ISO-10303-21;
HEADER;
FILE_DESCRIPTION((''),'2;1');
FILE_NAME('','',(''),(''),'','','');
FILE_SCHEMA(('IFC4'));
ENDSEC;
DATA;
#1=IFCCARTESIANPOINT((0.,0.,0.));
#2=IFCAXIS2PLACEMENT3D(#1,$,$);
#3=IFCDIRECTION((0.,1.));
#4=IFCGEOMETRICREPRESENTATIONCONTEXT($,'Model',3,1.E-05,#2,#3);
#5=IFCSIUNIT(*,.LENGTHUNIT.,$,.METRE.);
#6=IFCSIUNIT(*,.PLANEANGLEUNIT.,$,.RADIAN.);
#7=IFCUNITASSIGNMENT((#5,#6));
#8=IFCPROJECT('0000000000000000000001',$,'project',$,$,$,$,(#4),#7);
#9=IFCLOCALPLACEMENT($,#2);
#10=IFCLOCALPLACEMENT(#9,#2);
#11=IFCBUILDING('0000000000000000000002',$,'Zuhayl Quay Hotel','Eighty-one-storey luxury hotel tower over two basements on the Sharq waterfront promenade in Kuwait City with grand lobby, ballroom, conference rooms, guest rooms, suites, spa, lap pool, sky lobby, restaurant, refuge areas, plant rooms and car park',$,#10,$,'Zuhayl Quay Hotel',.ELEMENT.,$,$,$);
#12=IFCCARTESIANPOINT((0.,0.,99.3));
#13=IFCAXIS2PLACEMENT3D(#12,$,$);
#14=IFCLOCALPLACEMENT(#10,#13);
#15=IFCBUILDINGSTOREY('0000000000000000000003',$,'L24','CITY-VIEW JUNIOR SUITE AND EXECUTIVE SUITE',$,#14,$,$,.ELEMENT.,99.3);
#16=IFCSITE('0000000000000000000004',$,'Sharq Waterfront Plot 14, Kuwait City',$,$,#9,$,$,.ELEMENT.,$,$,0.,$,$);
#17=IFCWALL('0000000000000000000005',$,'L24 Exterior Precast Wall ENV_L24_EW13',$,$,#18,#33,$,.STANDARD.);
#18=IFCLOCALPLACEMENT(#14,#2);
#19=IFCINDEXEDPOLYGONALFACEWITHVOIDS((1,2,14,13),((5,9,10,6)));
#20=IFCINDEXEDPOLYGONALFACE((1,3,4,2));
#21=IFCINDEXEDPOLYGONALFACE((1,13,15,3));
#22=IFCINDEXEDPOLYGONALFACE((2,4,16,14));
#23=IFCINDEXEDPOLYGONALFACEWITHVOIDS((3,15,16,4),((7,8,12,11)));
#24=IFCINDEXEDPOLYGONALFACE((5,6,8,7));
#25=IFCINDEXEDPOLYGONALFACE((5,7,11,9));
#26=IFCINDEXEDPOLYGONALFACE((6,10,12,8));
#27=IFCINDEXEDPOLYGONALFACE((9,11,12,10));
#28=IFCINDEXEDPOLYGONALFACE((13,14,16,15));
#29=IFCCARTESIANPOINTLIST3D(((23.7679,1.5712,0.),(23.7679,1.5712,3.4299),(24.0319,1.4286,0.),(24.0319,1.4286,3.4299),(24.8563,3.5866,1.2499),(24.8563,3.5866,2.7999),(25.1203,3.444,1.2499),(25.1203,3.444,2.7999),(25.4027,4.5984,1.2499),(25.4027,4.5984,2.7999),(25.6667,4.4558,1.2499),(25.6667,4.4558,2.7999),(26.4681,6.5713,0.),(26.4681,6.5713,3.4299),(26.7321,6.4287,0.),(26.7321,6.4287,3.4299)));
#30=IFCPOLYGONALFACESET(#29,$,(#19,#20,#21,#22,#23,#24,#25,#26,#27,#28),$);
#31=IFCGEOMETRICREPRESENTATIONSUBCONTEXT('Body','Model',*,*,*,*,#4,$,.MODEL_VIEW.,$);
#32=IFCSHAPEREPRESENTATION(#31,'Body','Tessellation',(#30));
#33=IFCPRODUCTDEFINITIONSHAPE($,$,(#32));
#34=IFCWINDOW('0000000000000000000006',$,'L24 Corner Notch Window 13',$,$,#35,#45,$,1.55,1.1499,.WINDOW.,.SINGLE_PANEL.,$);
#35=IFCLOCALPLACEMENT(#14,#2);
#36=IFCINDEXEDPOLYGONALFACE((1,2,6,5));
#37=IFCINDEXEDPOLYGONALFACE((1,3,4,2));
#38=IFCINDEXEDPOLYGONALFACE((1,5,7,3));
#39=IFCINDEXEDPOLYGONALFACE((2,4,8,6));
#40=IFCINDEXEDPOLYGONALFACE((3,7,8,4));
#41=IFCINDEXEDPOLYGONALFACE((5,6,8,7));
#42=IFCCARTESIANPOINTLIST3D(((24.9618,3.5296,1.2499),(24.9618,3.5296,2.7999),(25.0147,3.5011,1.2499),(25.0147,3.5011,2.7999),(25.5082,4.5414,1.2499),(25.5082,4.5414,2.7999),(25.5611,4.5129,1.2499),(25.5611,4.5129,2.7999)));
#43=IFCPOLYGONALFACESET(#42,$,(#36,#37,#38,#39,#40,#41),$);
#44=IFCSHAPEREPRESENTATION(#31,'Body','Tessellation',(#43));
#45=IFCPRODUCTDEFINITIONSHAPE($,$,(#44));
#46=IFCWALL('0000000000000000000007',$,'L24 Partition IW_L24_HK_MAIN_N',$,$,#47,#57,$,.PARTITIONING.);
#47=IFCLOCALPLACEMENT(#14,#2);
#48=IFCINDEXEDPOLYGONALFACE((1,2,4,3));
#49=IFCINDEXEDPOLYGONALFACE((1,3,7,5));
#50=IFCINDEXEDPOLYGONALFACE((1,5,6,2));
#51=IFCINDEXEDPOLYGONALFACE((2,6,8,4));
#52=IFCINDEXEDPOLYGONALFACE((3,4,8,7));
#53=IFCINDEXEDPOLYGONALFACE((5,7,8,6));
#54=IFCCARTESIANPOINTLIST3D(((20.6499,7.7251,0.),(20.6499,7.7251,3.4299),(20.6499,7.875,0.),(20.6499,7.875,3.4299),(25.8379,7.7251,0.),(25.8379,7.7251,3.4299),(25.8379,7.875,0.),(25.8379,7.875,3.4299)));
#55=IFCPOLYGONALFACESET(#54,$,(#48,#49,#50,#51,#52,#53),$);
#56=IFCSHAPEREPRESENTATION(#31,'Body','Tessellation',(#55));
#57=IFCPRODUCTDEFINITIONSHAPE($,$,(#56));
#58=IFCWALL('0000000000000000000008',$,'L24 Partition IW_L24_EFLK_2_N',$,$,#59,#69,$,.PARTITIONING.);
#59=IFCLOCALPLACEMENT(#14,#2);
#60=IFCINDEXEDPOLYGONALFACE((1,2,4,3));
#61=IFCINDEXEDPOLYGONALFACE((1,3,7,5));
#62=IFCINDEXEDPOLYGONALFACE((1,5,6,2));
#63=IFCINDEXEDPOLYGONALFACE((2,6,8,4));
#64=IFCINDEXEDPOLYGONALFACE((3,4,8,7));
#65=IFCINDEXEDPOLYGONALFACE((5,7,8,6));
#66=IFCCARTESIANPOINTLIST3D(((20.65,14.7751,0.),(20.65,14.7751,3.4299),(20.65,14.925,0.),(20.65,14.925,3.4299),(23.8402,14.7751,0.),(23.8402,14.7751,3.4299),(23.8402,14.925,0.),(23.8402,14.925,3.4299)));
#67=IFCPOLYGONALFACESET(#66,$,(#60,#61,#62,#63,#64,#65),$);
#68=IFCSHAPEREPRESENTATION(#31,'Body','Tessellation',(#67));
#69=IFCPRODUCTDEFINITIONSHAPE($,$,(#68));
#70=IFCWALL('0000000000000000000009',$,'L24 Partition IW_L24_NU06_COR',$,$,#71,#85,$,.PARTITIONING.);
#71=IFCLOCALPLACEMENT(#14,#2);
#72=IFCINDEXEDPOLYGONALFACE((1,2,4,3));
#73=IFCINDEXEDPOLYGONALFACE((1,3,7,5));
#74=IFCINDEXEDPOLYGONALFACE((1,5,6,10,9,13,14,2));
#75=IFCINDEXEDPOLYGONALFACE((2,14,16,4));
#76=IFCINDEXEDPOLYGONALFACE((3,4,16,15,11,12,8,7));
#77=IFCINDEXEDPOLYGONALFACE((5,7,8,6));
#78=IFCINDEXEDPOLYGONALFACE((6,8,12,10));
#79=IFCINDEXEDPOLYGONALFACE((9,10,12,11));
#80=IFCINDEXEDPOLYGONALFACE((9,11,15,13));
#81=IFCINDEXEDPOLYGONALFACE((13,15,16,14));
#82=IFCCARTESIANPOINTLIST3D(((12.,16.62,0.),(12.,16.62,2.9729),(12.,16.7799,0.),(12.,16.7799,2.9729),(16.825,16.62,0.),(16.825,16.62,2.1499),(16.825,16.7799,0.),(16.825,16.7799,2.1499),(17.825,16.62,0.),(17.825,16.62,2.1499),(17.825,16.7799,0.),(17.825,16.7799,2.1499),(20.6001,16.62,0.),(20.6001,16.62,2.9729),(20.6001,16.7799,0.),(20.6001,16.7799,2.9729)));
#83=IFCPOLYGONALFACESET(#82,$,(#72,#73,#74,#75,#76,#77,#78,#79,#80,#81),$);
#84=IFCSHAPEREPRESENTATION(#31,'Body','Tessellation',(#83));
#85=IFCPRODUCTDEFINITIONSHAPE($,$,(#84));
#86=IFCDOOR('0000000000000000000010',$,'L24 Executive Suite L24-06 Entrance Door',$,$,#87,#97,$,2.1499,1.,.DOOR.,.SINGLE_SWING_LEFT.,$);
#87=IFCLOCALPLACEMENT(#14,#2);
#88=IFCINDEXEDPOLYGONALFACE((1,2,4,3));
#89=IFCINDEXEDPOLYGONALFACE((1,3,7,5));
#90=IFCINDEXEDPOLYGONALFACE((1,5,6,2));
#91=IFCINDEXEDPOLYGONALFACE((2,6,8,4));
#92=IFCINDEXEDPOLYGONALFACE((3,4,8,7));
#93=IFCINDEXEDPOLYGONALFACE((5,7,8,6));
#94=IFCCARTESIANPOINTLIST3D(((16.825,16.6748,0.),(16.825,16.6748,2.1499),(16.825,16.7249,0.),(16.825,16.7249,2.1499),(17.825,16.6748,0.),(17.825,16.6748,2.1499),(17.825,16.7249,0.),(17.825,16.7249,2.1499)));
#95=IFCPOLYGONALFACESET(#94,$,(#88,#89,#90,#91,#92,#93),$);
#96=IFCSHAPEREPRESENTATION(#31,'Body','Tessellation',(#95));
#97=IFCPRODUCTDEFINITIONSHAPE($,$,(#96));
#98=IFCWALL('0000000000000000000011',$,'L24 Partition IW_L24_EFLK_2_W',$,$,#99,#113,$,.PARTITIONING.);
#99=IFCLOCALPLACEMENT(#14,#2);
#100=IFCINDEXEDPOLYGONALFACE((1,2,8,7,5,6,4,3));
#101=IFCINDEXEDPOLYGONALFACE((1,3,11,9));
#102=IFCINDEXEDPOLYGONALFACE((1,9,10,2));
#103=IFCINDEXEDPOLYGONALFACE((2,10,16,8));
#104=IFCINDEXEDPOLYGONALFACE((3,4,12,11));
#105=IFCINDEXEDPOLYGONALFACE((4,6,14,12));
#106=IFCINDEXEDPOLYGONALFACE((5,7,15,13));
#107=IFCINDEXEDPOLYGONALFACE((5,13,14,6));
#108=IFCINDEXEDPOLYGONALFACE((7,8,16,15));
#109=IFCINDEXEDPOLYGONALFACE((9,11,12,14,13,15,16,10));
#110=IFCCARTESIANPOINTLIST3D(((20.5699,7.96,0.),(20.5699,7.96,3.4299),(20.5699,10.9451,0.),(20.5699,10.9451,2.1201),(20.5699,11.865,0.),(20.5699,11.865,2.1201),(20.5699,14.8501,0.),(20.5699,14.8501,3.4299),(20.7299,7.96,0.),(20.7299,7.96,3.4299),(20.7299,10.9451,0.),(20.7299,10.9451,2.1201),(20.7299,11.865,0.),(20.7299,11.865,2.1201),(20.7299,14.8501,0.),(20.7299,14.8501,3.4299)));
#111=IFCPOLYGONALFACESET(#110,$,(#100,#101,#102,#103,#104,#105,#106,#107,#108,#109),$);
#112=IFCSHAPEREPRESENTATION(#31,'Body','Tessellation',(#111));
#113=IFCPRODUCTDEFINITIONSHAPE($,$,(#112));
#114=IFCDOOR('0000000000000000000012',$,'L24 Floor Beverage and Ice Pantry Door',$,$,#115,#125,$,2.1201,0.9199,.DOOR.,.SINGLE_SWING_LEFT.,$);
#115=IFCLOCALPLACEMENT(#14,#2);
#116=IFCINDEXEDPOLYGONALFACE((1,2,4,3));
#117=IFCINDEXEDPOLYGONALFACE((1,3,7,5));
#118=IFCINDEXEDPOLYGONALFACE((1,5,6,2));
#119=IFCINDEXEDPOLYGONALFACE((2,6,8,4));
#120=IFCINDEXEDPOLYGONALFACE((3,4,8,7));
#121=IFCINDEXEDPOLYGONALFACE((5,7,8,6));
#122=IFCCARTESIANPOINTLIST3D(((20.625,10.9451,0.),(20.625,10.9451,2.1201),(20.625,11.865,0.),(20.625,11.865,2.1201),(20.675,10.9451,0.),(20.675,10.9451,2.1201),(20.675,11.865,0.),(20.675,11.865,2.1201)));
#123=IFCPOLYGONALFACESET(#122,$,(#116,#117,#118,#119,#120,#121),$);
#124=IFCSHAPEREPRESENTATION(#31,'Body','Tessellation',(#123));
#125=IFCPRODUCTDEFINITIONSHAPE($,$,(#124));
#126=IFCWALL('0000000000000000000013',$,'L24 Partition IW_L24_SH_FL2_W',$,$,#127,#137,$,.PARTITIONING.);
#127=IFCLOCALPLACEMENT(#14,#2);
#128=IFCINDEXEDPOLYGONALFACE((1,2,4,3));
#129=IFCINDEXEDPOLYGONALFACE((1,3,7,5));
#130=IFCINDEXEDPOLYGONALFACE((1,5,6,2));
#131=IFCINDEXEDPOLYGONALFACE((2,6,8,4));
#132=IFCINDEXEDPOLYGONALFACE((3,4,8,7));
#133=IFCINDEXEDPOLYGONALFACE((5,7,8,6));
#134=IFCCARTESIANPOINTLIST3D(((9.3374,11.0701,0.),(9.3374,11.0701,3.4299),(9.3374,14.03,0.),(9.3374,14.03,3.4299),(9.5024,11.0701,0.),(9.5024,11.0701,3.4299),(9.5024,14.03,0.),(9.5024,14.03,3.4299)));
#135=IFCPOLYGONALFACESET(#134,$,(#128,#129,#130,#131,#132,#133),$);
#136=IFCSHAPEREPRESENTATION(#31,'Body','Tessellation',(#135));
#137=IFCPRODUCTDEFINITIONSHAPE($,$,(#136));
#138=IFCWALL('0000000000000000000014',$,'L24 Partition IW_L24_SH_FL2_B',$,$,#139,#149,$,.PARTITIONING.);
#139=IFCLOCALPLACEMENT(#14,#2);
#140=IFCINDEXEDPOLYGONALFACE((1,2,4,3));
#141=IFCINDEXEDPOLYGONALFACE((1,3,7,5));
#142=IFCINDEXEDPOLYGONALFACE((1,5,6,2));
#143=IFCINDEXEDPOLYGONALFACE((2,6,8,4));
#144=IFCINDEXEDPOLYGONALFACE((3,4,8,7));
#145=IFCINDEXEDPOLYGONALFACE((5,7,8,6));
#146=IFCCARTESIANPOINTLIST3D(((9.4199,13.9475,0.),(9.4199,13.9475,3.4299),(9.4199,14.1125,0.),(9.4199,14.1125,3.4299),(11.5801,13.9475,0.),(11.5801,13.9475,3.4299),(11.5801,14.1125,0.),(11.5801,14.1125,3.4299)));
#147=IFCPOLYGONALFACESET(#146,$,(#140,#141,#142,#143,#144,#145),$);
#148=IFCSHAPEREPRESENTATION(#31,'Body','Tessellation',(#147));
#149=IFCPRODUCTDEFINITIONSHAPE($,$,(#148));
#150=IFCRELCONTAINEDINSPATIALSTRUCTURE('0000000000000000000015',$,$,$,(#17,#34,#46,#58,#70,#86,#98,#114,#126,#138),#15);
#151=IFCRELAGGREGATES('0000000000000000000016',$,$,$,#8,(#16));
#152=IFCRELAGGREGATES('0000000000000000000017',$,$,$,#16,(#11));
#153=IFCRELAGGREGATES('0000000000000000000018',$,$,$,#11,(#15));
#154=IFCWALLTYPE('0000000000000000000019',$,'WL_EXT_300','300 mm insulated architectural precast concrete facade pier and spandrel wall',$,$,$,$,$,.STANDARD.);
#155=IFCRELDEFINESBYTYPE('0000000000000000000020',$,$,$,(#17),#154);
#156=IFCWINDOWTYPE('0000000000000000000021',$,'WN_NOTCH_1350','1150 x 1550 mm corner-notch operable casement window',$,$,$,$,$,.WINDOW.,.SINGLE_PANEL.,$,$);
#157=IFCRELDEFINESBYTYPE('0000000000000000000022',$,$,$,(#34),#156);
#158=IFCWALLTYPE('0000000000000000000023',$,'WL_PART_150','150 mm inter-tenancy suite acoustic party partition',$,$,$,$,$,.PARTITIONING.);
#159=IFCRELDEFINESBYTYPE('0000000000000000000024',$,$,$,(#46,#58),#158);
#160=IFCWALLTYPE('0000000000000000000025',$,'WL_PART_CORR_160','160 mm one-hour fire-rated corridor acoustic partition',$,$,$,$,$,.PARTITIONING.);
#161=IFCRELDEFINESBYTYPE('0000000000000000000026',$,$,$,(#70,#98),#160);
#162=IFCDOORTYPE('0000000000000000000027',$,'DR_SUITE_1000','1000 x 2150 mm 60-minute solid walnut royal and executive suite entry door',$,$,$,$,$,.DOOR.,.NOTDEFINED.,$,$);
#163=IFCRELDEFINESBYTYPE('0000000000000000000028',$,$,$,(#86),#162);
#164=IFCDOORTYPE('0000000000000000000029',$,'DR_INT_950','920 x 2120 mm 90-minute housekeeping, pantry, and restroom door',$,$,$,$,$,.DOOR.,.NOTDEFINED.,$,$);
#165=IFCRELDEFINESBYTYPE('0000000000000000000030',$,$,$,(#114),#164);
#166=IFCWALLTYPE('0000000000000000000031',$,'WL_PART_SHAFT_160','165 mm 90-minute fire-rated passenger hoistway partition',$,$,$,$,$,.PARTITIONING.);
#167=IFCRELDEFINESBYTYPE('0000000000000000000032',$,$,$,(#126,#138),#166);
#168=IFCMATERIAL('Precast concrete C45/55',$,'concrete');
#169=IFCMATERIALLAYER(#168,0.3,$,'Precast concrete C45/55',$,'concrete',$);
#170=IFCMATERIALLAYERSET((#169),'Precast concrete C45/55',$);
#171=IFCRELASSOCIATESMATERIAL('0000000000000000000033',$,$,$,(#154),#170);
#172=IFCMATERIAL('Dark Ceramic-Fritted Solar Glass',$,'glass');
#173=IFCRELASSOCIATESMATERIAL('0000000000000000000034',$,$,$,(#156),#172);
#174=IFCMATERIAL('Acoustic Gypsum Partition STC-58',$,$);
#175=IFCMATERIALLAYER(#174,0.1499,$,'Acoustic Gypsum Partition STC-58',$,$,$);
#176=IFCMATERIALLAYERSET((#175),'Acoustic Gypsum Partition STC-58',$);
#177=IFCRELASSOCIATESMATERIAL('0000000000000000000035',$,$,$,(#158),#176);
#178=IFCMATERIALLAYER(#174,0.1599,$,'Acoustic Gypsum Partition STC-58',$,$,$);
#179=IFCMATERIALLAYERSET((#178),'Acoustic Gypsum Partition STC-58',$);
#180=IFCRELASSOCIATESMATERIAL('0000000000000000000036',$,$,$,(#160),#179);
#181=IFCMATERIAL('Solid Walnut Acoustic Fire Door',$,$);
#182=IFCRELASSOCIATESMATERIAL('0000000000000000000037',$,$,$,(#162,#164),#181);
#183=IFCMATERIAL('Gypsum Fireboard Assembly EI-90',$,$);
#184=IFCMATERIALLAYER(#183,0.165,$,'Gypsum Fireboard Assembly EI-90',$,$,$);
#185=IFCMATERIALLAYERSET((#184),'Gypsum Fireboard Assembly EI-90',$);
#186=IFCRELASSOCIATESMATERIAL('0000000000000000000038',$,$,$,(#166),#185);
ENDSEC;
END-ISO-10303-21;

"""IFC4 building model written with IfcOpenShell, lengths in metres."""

from ifc_helpers import new_model, si_unit, direction, frame, frame_2d, origin, place, context, subcontext, project, spatial, rectangle, extrude, material, layer, layer_set, type_object, element, fill, save


model = new_model("IFC4")

# Units and contexts
model_context = context("Model", 3, precision=1e-05, world=origin(), true_north=direction((0.0, 1.0)))
body_context = subcontext(model_context, "Body", "Model", "MODEL_VIEW")
ifc_project = project(units=[si_unit("LENGTHUNIT", "METRE"), si_unit("PLANEANGLEUNIT", "RADIAN")], contexts=[model_context])

# Site, building, storey
site_placement = place(None, origin())
site = spatial("IfcSite", under=ifc_project, at=site_placement, Name="Sharq Waterfront Plot 14, Kuwait City", CompositionType="ELEMENT", RefElevation=0.0)
building_placement = place(site_placement, origin())
building = spatial("IfcBuilding", under=site, at=building_placement, Name="Zuhayl Quay Hotel", Description="Eighty-one-storey luxury hotel tower over two basements on the Sharq waterfront promenade in Kuwait City with grand lobby, ballroom, conference rooms, guest rooms, suites, spa, lap pool, sky lobby, restaurant, refuge areas, plant rooms and car park", LongName="Zuhayl Quay Hotel", CompositionType="ELEMENT")
storey_placement = place(building_placement, frame((0.0, 0.0, 99.3)))
storey = spatial("IfcBuildingStorey", under=building, at=storey_placement, Name="L24", Description="CITY-VIEW JUNIOR SUITE AND EXECUTIVE SUITE", CompositionType="ELEMENT", Elevation=99.3)

# Wall, opening, window
ifc_material_1 = material(Name="Precast concrete C45/55", Category="concrete")
ifc_layer_1 = layer(ifc_material_1, 0.3, Name="Precast concrete C45/55", Category="concrete")
ifc_layer_set_1 = layer_set([ifc_layer_1], Name="Precast concrete C45/55")
wall_type_1 = type_object("IfcWallType", Name="WL_EXT_300", Description="300 mm insulated architectural precast concrete facade pier and spandrel wall", PredefinedType="STANDARD", material=ifc_layer_set_1)
ifc_material_2 = material(Name="Dark Ceramic-Fritted Solar Glass", Category="glass")
window_type_1 = type_object("IfcWindowType", Name="WN_NOTCH_1350", Description="1150 x 1550 mm corner-notch operable casement window", PartitioningType="SINGLE_PANEL", PredefinedType="WINDOW", material=ifc_material_2)
wall_1_placement = place(storey_placement, frame((26.6001, 6.5, 0.0), z_axis=(0.0, 0.0, 1.0), x_axis=(-0.475176, -0.879891, 0.0)))
wall_1 = element("IfcWall", 1, at=wall_1_placement, inside=storey, type_object=wall_type_1, Name="L24 Exterior Precast Wall ENV_L24_EW13", PredefinedType="STANDARD", context=body_context, shape_type="SweptSolid", body=[
    extrude(rectangle(XDim=5.6826, YDim=0.3, at=frame_2d((2.8413, 0.0))), origin(), (0.0, 0.0, 1.0), 3.4299),
])
opening_1_placement = place(wall_1_placement, frame((2.2422, 0.0, 1.25)))
opening_1 = element("IfcOpeningElement", 2, at=opening_1_placement, cuts=wall_1, PredefinedType="OPENING", context=body_context, shape_type="SweptSolid", body=[
    extrude(rectangle(XDim=1.1499, YDim=1.55, at=frame_2d((0.575, 0.7749))), frame((0.0, 0.1599, 0.0), z_axis=(0.0, -1.0, 0.0), x_axis=(1.0, 0.0, 0.0)), (0.0, 0.0, 1.0), 0.3201),
])
window_1_placement = place(opening_1_placement, origin())
window_1 = element("IfcWindow", 3, at=window_1_placement, inside=storey, type_object=window_type_1, Name="L24 Corner Notch Window 13", OverallHeight=1.55, OverallWidth=1.1499, PartitioningType="SINGLE_PANEL", PredefinedType="WINDOW", context=body_context, shape_type="SweptSolid", body=[
    extrude(rectangle(XDim=1.1499, YDim=1.55, at=frame_2d((0.575, 0.7749))), frame((0.0, 0.03, 0.0), z_axis=(0.0, -1.0, 0.0), x_axis=(1.0, 0.0, 0.0)), (0.0, 0.0, 1.0), 0.0601),
])
fill(opening_1, window_1)

# Walls
ifc_material_3 = material(Name="Acoustic Gypsum Partition STC-58")
ifc_layer_2 = layer(ifc_material_3, 0.1499, Name="Acoustic Gypsum Partition STC-58")
ifc_layer_set_2 = layer_set([ifc_layer_2], Name="Acoustic Gypsum Partition STC-58")
wall_type_2 = type_object("IfcWallType", Name="WL_PART_150", Description="150 mm inter-tenancy suite acoustic party partition", PredefinedType="PARTITIONING", material=ifc_layer_set_2)
wall_2_placement = place(storey_placement, frame((20.6499, 7.8, 0.0), z_axis=(0.0, 0.0, 1.0), x_axis=(1.0, 0.0, 0.0)))
element("IfcWall", 4, at=wall_2_placement, inside=storey, type_object=wall_type_2, Name="L24 Partition IW_L24_HK_MAIN_N", PredefinedType="PARTITIONING", context=body_context, shape_type="SweptSolid", body=[
    extrude(rectangle(XDim=5.188, YDim=0.1499, at=frame_2d((2.594, 0.0))), origin(), (0.0, 0.0, 1.0), 3.4299),
])
wall_3_placement = place(storey_placement, frame((20.6499, 14.8501, 0.0), z_axis=(0.0, 0.0, 1.0), x_axis=(1.0, 0.0, 0.0)))
element("IfcWall", 5, at=wall_3_placement, inside=storey, type_object=wall_type_2, Name="L24 Partition IW_L24_EFLK_2_N", PredefinedType="PARTITIONING", context=body_context, shape_type="SweptSolid", body=[
    extrude(rectangle(XDim=3.1902, YDim=0.1499, at=frame_2d((1.5952, 0.0))), origin(), (0.0, 0.0, 1.0), 3.4299),
])

# Walls, openings, doors
ifc_layer_3 = layer(ifc_material_3, 0.1599, Name="Acoustic Gypsum Partition STC-58")
ifc_layer_set_3 = layer_set([ifc_layer_3], Name="Acoustic Gypsum Partition STC-58")
wall_type_3 = type_object("IfcWallType", Name="WL_PART_CORR_160", Description="160 mm one-hour fire-rated corridor acoustic partition", PredefinedType="PARTITIONING", material=ifc_layer_set_3)
wall_4_placement = place(storey_placement, frame((12.0, 16.7, 0.0), z_axis=(0.0, 0.0, 1.0), x_axis=(1.0, 0.0, 0.0)))
wall_4 = element("IfcWall", 6, at=wall_4_placement, inside=storey, type_object=wall_type_3, Name="L24 Partition IW_L24_NU06_COR", PredefinedType="PARTITIONING", context=body_context, shape_type="SweptSolid", body=[
    extrude(rectangle(XDim=8.6001, YDim=0.1599, at=frame_2d((4.3, 0.0))), origin(), (0.0, 0.0, 1.0), 2.9729),
])
opening_2_placement = place(wall_4_placement, frame((4.825, 0.0, 0.0)))
opening_2 = element("IfcOpeningElement", 7, at=opening_2_placement, cuts=wall_4, PredefinedType="OPENING", context=body_context, shape_type="SweptSolid", body=[
    extrude(rectangle(XDim=1.0, YDim=2.1499, at=frame_2d((0.5, 1.075))), frame((0.0, 0.0898, 0.0), z_axis=(0.0, -1.0, 0.0), x_axis=(1.0, 0.0, 0.0)), (0.0, 0.0, 1.0), 0.1799),
])
ifc_material_4 = material(Name="Solid Walnut Acoustic Fire Door")
door_type_1 = type_object("IfcDoorType", Name="DR_SUITE_1000", Description="1000 x 2150 mm 60-minute solid walnut royal and executive suite entry door", OperationType="NOTDEFINED", PredefinedType="DOOR", material=ifc_material_4)
door_1_placement = place(opening_2_placement, origin())
door_1 = element("IfcDoor", 8, at=door_1_placement, inside=storey, type_object=door_type_1, Name="L24 Executive Suite L24-06 Entrance Door", OperationType="SINGLE_SWING_LEFT", OverallHeight=2.1499, OverallWidth=1.0, PredefinedType="DOOR", context=body_context, shape_type="SweptSolid", body=[
    extrude(rectangle(XDim=1.0, YDim=2.1499, at=frame_2d((0.5, 1.075))), frame((0.0, 0.0249, 0.0), z_axis=(0.0, -1.0, 0.0), x_axis=(1.0, 0.0, 0.0)), (0.0, 0.0, 1.0), 0.05),
])
fill(opening_2, door_1)
wall_5_placement = place(storey_placement, frame((20.6499, 7.96, 0.0), z_axis=(0.0, 0.0, 1.0), x_axis=(0.0, 1.0, 0.0)))
wall_5 = element("IfcWall", 9, at=wall_5_placement, inside=storey, type_object=wall_type_3, Name="L24 Partition IW_L24_EFLK_2_W", PredefinedType="PARTITIONING", context=body_context, shape_type="SweptSolid", body=[
    extrude(rectangle(XDim=6.8901, YDim=0.1599, at=frame_2d((3.4451, 0.0))), origin(), (0.0, 0.0, 1.0), 3.4299),
])
opening_3_placement = place(wall_5_placement, frame((2.9851, 0.0, 0.0)))
opening_3 = element("IfcOpeningElement", 10, at=opening_3_placement, cuts=wall_5, PredefinedType="OPENING", context=body_context, shape_type="SweptSolid", body=[
    extrude(rectangle(XDim=0.9199, YDim=2.1201, at=frame_2d((0.46, 1.0601))), frame((0.0, 0.0898, 0.0), z_axis=(0.0, -1.0, 0.0), x_axis=(1.0, 0.0, 0.0)), (0.0, 0.0, 1.0), 0.1799),
])
door_type_2 = type_object("IfcDoorType", Name="DR_INT_950", Description="920 x 2120 mm 90-minute housekeeping, pantry, and restroom door", OperationType="NOTDEFINED", PredefinedType="DOOR", material=ifc_material_4)
door_2_placement = place(opening_3_placement, origin())
door_2 = element("IfcDoor", 11, at=door_2_placement, inside=storey, type_object=door_type_2, Name="L24 Floor Beverage and Ice Pantry Door", OperationType="SINGLE_SWING_LEFT", OverallHeight=2.1201, OverallWidth=0.9199, PredefinedType="DOOR", context=body_context, shape_type="SweptSolid", body=[
    extrude(rectangle(XDim=0.9199, YDim=2.1201, at=frame_2d((0.46, 1.0601))), frame((0.0, 0.0249, 0.0), z_axis=(0.0, -1.0, 0.0), x_axis=(1.0, 0.0, 0.0)), (0.0, 0.0, 1.0), 0.05),
])
fill(opening_3, door_2)

# Walls
ifc_material_5 = material(Name="Gypsum Fireboard Assembly EI-90")
ifc_layer_4 = layer(ifc_material_5, 0.165, Name="Gypsum Fireboard Assembly EI-90")
ifc_layer_set_4 = layer_set([ifc_layer_4], Name="Gypsum Fireboard Assembly EI-90")
wall_type_4 = type_object("IfcWallType", Name="WL_PART_SHAFT_160", Description="165 mm 90-minute fire-rated passenger hoistway partition", PredefinedType="PARTITIONING", material=ifc_layer_set_4)
wall_6_placement = place(storey_placement, frame((9.4199, 11.0701, 0.0), z_axis=(0.0, 0.0, 1.0), x_axis=(0.0, 1.0, 0.0)))
element("IfcWall", 12, at=wall_6_placement, inside=storey, type_object=wall_type_4, Name="L24 Partition IW_L24_SH_FL2_W", PredefinedType="PARTITIONING", context=body_context, shape_type="SweptSolid", body=[
    extrude(rectangle(XDim=2.96, YDim=0.165, at=frame_2d((1.48, 0.0))), origin(), (0.0, 0.0, 1.0), 3.4299),
])
wall_7_placement = place(storey_placement, frame((9.4199, 14.03, 0.0), z_axis=(0.0, 0.0, 1.0), x_axis=(1.0, 0.0, 0.0)))
element("IfcWall", 13, at=wall_7_placement, inside=storey, type_object=wall_type_4, Name="L24 Partition IW_L24_SH_FL2_B", PredefinedType="PARTITIONING", context=body_context, shape_type="SweptSolid", body=[
    extrude(rectangle(XDim=2.1602, YDim=0.165, at=frame_2d((1.0801, 0.0))), origin(), (0.0, 0.0, 1.0), 3.4299),
])

save(model, "model.ifc")
